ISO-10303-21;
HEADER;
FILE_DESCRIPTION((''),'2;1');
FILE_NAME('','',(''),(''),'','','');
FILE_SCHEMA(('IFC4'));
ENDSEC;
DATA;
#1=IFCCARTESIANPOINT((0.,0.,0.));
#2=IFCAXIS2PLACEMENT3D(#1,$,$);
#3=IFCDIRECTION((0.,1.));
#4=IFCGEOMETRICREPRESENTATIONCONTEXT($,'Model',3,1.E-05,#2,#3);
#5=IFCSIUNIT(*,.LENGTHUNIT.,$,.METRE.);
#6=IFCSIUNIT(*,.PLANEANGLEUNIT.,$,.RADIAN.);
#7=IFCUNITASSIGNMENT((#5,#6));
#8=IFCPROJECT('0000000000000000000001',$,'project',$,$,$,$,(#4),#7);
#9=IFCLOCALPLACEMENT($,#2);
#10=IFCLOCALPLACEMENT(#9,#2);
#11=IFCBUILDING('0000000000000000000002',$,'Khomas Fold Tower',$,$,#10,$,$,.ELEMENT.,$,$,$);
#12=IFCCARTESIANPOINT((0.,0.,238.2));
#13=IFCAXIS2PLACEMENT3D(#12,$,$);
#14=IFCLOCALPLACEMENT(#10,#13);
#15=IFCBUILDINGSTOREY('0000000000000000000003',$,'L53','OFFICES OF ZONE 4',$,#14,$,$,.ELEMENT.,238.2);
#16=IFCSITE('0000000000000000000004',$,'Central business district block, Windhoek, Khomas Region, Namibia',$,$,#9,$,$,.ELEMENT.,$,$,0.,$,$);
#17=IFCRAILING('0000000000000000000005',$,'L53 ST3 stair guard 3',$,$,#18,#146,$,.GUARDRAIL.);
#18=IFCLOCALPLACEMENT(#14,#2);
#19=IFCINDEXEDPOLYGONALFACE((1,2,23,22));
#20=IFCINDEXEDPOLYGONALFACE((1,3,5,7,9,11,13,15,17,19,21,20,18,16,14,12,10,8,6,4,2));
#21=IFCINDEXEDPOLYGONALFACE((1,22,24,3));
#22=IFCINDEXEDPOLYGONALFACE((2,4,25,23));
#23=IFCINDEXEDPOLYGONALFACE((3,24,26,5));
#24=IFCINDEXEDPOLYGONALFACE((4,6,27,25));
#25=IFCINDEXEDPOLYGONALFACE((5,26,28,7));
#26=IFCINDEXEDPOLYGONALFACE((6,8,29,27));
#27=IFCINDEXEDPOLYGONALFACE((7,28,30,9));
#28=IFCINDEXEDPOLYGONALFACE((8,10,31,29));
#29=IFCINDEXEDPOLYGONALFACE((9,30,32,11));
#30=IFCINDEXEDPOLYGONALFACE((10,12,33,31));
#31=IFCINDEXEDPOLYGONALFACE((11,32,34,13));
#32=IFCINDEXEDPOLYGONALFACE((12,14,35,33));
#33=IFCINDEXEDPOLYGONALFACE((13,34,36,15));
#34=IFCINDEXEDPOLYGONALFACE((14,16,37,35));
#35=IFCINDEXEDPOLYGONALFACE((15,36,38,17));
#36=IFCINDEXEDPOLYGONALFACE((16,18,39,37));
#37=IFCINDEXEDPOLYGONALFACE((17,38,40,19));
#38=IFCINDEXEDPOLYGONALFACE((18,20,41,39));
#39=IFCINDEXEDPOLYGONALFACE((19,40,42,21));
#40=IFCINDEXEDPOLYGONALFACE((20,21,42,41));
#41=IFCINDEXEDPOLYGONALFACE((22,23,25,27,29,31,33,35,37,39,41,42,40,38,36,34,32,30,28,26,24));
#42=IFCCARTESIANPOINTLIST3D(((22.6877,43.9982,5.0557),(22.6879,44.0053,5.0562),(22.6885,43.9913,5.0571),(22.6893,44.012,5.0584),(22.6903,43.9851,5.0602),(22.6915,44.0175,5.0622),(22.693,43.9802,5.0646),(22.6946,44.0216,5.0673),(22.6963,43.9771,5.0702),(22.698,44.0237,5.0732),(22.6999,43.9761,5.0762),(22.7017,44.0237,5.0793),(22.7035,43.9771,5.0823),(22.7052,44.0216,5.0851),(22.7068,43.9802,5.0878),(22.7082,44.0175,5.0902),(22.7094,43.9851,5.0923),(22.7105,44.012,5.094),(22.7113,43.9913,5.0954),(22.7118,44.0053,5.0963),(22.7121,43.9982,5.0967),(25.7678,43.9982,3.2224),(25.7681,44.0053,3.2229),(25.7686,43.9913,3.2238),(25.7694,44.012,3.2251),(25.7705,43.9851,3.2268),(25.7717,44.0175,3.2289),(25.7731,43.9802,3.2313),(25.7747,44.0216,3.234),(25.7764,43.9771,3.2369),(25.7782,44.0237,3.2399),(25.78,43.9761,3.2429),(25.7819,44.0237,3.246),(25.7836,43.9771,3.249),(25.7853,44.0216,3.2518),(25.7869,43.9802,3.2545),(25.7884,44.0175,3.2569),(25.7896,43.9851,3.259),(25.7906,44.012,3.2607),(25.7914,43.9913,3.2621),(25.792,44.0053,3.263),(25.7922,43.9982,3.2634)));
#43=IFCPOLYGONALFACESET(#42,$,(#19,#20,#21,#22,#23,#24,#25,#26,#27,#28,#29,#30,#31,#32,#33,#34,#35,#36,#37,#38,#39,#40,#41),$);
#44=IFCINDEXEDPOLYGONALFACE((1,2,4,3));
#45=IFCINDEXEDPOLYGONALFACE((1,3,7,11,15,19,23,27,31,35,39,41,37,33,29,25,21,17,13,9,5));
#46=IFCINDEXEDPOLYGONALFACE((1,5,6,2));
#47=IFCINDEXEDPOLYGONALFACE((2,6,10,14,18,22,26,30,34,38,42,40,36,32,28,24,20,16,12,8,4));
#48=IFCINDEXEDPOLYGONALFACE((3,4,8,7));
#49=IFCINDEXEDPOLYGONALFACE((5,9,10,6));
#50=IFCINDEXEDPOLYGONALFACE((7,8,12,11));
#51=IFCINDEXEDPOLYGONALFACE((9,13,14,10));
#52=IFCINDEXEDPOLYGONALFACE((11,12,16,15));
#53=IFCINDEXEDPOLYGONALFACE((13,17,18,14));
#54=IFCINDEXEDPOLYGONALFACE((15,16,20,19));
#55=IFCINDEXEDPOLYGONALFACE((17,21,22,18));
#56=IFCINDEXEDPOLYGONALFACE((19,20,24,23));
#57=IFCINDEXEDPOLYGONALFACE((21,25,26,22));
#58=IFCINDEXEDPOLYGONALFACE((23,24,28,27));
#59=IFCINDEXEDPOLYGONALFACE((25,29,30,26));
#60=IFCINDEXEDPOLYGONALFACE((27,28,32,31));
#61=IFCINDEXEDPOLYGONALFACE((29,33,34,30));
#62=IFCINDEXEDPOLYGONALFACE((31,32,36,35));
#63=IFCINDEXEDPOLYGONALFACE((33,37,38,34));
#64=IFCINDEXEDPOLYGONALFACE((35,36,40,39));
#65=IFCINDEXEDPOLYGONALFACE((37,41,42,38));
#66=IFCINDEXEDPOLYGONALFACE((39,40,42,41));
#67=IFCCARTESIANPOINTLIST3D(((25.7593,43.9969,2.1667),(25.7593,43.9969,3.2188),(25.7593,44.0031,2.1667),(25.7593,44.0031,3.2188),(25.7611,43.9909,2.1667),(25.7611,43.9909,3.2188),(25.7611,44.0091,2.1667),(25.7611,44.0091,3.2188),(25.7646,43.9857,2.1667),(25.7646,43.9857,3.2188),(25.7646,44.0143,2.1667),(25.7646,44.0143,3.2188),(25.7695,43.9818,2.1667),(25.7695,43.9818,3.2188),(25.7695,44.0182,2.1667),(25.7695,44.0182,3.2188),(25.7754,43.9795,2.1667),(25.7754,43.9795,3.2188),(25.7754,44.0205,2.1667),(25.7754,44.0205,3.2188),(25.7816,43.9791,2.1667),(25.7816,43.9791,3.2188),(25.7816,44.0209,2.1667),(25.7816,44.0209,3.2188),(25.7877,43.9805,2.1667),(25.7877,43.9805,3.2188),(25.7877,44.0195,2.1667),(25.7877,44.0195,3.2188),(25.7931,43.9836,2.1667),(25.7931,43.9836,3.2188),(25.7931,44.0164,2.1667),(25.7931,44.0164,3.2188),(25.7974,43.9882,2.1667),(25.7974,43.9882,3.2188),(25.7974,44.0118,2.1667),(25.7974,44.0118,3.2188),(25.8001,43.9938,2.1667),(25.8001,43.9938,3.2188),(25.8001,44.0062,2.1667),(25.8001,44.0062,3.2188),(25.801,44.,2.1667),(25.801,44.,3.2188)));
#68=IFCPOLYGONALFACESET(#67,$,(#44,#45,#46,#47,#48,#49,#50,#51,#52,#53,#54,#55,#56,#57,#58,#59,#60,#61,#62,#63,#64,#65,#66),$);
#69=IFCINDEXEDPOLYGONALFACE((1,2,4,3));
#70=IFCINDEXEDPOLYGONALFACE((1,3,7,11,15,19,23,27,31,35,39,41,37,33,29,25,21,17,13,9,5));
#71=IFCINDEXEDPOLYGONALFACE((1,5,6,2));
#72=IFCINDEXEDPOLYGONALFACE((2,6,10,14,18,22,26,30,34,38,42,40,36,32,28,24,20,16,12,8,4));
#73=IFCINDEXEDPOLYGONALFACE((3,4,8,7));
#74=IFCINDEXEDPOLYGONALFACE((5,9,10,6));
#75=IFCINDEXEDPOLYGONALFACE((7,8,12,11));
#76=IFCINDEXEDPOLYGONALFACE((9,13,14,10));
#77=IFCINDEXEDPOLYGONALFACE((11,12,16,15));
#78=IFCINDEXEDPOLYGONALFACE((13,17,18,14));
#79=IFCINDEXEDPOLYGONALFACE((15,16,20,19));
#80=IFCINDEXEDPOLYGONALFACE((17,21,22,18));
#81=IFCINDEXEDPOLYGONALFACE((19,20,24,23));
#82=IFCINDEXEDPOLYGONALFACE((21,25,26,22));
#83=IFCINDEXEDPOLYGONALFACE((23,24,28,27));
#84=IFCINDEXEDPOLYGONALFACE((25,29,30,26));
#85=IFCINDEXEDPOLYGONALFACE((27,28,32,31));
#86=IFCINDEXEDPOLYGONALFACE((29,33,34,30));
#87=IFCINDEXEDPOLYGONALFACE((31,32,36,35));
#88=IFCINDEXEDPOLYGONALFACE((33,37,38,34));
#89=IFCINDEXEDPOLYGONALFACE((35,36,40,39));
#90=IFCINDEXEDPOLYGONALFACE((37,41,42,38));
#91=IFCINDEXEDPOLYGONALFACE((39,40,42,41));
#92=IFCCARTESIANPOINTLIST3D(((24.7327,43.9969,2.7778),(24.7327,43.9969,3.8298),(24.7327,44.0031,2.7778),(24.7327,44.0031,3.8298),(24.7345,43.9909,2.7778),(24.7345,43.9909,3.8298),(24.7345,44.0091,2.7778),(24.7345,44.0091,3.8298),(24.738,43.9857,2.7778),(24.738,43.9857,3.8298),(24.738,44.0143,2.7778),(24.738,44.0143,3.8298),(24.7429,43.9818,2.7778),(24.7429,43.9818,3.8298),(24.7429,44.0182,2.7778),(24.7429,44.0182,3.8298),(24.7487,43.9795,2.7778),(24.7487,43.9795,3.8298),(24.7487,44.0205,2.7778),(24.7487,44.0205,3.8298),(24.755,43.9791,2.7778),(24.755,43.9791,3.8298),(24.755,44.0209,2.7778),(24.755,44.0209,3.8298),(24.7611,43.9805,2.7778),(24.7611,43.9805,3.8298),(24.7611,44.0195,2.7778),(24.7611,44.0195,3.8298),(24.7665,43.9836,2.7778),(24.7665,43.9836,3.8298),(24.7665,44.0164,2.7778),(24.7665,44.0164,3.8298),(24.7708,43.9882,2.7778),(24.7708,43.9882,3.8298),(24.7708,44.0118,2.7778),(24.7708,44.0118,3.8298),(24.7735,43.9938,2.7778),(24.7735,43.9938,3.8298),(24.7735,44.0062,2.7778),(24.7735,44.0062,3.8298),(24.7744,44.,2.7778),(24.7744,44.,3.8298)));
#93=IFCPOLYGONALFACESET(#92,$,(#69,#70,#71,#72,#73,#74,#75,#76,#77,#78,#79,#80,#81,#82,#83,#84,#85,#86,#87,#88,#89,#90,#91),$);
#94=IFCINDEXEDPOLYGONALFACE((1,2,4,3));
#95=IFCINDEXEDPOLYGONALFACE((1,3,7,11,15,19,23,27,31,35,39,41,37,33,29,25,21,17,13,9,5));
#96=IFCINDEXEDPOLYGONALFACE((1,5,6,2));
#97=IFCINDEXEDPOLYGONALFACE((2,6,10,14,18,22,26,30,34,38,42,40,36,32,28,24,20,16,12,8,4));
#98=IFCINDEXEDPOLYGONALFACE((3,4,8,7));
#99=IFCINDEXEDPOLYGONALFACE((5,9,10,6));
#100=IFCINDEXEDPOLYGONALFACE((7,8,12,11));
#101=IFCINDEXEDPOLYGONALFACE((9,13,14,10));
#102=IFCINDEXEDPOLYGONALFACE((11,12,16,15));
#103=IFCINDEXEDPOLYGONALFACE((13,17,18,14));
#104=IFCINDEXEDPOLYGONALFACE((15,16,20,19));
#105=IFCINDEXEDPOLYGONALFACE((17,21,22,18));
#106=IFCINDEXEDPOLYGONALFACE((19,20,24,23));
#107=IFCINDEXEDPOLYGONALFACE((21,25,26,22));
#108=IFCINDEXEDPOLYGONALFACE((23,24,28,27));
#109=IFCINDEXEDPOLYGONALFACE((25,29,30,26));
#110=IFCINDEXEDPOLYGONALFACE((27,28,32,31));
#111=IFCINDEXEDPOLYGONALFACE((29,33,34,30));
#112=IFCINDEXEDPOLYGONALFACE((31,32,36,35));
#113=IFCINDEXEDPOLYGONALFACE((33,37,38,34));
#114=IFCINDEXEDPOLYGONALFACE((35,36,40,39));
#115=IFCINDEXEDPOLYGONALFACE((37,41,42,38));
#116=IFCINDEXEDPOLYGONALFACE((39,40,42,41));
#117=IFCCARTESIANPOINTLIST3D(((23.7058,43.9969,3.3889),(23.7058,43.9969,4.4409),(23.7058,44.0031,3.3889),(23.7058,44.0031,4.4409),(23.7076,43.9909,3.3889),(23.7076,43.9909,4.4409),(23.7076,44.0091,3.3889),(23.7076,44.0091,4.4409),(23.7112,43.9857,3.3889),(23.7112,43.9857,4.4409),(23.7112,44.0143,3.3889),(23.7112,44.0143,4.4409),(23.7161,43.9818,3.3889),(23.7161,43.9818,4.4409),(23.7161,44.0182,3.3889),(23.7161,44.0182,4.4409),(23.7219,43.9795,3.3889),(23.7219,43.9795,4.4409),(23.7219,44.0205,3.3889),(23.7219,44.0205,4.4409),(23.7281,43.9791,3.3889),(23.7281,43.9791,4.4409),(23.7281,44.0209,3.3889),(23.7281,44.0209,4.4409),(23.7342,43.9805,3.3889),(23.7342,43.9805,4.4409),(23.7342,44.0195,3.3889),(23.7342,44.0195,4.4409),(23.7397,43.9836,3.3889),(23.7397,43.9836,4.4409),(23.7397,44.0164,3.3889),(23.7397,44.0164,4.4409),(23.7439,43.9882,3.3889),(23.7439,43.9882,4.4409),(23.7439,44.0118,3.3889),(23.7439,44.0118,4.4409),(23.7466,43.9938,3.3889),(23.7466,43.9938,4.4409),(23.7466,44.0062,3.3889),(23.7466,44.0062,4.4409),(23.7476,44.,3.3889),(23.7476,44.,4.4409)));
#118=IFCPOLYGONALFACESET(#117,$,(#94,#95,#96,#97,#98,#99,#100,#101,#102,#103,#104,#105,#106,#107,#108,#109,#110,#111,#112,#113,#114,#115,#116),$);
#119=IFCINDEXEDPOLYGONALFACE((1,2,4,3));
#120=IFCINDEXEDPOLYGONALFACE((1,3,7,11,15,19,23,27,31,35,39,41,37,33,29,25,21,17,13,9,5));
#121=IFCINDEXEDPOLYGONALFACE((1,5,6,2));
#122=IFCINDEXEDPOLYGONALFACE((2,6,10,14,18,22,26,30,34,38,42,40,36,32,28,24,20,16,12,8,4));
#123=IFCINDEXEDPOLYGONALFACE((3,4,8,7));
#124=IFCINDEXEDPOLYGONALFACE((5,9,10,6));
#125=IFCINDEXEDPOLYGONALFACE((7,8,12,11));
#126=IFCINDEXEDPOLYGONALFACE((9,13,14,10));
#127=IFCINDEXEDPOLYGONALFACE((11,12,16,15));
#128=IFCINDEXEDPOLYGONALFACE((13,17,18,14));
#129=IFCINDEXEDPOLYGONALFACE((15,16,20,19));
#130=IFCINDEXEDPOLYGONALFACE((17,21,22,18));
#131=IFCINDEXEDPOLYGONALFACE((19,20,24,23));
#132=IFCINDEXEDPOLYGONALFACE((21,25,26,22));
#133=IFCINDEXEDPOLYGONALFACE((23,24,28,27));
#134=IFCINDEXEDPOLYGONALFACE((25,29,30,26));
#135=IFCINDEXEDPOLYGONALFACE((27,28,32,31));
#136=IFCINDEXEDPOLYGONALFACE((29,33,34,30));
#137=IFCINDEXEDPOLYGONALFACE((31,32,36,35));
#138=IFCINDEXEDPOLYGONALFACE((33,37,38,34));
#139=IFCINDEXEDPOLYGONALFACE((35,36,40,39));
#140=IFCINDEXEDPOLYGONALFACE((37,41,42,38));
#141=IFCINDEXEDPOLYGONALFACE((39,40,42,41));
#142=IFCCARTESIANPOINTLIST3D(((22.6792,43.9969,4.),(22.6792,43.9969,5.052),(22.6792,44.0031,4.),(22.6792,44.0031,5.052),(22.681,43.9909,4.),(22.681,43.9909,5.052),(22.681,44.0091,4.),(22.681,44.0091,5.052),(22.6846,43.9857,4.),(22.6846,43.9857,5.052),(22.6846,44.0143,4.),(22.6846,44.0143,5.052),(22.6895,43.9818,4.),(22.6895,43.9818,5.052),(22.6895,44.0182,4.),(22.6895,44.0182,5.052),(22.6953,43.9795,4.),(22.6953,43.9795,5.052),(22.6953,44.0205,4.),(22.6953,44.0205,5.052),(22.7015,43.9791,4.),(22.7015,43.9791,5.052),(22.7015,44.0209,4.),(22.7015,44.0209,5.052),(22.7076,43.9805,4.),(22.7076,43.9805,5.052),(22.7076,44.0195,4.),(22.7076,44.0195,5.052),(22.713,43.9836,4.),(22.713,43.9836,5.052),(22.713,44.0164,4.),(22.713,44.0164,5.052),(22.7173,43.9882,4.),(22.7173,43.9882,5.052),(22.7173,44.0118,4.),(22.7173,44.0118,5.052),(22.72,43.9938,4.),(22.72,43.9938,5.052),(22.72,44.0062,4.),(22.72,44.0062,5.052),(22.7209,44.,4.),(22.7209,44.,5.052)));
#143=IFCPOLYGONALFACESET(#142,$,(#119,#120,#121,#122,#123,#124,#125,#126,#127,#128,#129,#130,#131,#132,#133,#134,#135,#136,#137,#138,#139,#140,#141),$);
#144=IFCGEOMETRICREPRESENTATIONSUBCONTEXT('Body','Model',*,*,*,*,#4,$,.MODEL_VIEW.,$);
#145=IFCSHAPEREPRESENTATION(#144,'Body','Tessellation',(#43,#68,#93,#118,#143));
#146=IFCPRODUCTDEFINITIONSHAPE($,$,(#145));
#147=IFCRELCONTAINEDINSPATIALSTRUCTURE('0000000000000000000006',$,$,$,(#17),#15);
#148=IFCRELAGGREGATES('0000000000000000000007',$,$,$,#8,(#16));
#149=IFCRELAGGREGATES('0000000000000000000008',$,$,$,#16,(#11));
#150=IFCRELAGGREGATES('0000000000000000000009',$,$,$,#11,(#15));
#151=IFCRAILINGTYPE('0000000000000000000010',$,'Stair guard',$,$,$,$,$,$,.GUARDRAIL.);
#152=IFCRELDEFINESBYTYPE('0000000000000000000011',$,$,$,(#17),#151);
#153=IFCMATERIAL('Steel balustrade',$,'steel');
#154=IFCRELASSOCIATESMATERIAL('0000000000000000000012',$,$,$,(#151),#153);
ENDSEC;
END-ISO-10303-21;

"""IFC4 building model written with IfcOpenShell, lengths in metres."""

from ifc_helpers import new_model, si_unit, direction, frame, origin, origin_2d, place, context, subcontext, project, spatial, circle, extrude, source, transform, mapped, material, type_object, element, save


model = new_model("IFC4")

# Units and contexts
model_context = context("Model", 3, precision=1e-05, world=origin(), true_north=direction((0.0, 1.0)))
body_context = subcontext(model_context, "Body", "Model", "MODEL_VIEW")
ifc_project = project(units=[si_unit("LENGTHUNIT", "METRE"), si_unit("PLANEANGLEUNIT", "RADIAN")], contexts=[model_context])

# Site, building, storey
site_placement = place(None, origin())
site = spatial("IfcSite", under=ifc_project, at=site_placement, Name="Central business district block, Windhoek, Khomas Region, Namibia", CompositionType="ELEMENT", RefElevation=0.0)
building_placement = place(site_placement, origin())
building = spatial("IfcBuilding", under=site, at=building_placement, Name="Khomas Fold Tower", CompositionType="ELEMENT")
storey_placement = place(building_placement, frame((0.0, 0.0, 238.2)))
storey = spatial("IfcBuildingStorey", under=building, at=storey_placement, Name="L53", Description="OFFICES OF ZONE 4", CompositionType="ELEMENT", Elevation=238.2)

# Railing
ifc_material_1 = material(Name="Steel balustrade", Category="steel")
railing_type_1 = type_object("IfcRailingType", Name="Stair guard", PredefinedType="GUARDRAIL", material=ifc_material_1)
shared_shape_1 = source(origin(), body_context, "Body", "SweptSolid", [
    extrude(circle(Radius=0.0239, at=origin_2d()), frame((0.0, 0.0, 1.0762), z_axis=(-0.859309, 0.0, 0.511458), x_axis=(0.0, -1.0, 0.0)), (0.0, 0.0, 1.0), 3.5845),
    extrude(circle(Radius=0.021, at=origin_2d()), origin(), (0.0, 0.0, 1.0), 1.052),
    extrude(circle(Radius=0.021, at=origin_2d()), frame((-1.0266, 0.0, 0.6111)), (0.0, 0.0, 1.0), 1.052),
    extrude(circle(Radius=0.021, at=origin_2d()), frame((-2.0535, 0.0, 1.2222)), (0.0, 0.0, 1.0), 1.052),
    extrude(circle(Radius=0.021, at=origin_2d()), frame((-3.0801, 0.0, 1.8333)), (0.0, 0.0, 1.0), 1.052),
])
railing_1_placement = place(storey_placement, frame((25.78, 44.0, 2.1667)))
element("IfcRailing", 1, at=railing_1_placement, inside=storey, type_object=railing_type_1, Name="L53 ST3 stair guard 3", PredefinedType="GUARDRAIL", context=body_context, shape_type="MappedRepresentation", body=[
    mapped(shared_shape_1, transform((0.0, 0.0, 0.0))),
])

save(model, "model.ifc")
